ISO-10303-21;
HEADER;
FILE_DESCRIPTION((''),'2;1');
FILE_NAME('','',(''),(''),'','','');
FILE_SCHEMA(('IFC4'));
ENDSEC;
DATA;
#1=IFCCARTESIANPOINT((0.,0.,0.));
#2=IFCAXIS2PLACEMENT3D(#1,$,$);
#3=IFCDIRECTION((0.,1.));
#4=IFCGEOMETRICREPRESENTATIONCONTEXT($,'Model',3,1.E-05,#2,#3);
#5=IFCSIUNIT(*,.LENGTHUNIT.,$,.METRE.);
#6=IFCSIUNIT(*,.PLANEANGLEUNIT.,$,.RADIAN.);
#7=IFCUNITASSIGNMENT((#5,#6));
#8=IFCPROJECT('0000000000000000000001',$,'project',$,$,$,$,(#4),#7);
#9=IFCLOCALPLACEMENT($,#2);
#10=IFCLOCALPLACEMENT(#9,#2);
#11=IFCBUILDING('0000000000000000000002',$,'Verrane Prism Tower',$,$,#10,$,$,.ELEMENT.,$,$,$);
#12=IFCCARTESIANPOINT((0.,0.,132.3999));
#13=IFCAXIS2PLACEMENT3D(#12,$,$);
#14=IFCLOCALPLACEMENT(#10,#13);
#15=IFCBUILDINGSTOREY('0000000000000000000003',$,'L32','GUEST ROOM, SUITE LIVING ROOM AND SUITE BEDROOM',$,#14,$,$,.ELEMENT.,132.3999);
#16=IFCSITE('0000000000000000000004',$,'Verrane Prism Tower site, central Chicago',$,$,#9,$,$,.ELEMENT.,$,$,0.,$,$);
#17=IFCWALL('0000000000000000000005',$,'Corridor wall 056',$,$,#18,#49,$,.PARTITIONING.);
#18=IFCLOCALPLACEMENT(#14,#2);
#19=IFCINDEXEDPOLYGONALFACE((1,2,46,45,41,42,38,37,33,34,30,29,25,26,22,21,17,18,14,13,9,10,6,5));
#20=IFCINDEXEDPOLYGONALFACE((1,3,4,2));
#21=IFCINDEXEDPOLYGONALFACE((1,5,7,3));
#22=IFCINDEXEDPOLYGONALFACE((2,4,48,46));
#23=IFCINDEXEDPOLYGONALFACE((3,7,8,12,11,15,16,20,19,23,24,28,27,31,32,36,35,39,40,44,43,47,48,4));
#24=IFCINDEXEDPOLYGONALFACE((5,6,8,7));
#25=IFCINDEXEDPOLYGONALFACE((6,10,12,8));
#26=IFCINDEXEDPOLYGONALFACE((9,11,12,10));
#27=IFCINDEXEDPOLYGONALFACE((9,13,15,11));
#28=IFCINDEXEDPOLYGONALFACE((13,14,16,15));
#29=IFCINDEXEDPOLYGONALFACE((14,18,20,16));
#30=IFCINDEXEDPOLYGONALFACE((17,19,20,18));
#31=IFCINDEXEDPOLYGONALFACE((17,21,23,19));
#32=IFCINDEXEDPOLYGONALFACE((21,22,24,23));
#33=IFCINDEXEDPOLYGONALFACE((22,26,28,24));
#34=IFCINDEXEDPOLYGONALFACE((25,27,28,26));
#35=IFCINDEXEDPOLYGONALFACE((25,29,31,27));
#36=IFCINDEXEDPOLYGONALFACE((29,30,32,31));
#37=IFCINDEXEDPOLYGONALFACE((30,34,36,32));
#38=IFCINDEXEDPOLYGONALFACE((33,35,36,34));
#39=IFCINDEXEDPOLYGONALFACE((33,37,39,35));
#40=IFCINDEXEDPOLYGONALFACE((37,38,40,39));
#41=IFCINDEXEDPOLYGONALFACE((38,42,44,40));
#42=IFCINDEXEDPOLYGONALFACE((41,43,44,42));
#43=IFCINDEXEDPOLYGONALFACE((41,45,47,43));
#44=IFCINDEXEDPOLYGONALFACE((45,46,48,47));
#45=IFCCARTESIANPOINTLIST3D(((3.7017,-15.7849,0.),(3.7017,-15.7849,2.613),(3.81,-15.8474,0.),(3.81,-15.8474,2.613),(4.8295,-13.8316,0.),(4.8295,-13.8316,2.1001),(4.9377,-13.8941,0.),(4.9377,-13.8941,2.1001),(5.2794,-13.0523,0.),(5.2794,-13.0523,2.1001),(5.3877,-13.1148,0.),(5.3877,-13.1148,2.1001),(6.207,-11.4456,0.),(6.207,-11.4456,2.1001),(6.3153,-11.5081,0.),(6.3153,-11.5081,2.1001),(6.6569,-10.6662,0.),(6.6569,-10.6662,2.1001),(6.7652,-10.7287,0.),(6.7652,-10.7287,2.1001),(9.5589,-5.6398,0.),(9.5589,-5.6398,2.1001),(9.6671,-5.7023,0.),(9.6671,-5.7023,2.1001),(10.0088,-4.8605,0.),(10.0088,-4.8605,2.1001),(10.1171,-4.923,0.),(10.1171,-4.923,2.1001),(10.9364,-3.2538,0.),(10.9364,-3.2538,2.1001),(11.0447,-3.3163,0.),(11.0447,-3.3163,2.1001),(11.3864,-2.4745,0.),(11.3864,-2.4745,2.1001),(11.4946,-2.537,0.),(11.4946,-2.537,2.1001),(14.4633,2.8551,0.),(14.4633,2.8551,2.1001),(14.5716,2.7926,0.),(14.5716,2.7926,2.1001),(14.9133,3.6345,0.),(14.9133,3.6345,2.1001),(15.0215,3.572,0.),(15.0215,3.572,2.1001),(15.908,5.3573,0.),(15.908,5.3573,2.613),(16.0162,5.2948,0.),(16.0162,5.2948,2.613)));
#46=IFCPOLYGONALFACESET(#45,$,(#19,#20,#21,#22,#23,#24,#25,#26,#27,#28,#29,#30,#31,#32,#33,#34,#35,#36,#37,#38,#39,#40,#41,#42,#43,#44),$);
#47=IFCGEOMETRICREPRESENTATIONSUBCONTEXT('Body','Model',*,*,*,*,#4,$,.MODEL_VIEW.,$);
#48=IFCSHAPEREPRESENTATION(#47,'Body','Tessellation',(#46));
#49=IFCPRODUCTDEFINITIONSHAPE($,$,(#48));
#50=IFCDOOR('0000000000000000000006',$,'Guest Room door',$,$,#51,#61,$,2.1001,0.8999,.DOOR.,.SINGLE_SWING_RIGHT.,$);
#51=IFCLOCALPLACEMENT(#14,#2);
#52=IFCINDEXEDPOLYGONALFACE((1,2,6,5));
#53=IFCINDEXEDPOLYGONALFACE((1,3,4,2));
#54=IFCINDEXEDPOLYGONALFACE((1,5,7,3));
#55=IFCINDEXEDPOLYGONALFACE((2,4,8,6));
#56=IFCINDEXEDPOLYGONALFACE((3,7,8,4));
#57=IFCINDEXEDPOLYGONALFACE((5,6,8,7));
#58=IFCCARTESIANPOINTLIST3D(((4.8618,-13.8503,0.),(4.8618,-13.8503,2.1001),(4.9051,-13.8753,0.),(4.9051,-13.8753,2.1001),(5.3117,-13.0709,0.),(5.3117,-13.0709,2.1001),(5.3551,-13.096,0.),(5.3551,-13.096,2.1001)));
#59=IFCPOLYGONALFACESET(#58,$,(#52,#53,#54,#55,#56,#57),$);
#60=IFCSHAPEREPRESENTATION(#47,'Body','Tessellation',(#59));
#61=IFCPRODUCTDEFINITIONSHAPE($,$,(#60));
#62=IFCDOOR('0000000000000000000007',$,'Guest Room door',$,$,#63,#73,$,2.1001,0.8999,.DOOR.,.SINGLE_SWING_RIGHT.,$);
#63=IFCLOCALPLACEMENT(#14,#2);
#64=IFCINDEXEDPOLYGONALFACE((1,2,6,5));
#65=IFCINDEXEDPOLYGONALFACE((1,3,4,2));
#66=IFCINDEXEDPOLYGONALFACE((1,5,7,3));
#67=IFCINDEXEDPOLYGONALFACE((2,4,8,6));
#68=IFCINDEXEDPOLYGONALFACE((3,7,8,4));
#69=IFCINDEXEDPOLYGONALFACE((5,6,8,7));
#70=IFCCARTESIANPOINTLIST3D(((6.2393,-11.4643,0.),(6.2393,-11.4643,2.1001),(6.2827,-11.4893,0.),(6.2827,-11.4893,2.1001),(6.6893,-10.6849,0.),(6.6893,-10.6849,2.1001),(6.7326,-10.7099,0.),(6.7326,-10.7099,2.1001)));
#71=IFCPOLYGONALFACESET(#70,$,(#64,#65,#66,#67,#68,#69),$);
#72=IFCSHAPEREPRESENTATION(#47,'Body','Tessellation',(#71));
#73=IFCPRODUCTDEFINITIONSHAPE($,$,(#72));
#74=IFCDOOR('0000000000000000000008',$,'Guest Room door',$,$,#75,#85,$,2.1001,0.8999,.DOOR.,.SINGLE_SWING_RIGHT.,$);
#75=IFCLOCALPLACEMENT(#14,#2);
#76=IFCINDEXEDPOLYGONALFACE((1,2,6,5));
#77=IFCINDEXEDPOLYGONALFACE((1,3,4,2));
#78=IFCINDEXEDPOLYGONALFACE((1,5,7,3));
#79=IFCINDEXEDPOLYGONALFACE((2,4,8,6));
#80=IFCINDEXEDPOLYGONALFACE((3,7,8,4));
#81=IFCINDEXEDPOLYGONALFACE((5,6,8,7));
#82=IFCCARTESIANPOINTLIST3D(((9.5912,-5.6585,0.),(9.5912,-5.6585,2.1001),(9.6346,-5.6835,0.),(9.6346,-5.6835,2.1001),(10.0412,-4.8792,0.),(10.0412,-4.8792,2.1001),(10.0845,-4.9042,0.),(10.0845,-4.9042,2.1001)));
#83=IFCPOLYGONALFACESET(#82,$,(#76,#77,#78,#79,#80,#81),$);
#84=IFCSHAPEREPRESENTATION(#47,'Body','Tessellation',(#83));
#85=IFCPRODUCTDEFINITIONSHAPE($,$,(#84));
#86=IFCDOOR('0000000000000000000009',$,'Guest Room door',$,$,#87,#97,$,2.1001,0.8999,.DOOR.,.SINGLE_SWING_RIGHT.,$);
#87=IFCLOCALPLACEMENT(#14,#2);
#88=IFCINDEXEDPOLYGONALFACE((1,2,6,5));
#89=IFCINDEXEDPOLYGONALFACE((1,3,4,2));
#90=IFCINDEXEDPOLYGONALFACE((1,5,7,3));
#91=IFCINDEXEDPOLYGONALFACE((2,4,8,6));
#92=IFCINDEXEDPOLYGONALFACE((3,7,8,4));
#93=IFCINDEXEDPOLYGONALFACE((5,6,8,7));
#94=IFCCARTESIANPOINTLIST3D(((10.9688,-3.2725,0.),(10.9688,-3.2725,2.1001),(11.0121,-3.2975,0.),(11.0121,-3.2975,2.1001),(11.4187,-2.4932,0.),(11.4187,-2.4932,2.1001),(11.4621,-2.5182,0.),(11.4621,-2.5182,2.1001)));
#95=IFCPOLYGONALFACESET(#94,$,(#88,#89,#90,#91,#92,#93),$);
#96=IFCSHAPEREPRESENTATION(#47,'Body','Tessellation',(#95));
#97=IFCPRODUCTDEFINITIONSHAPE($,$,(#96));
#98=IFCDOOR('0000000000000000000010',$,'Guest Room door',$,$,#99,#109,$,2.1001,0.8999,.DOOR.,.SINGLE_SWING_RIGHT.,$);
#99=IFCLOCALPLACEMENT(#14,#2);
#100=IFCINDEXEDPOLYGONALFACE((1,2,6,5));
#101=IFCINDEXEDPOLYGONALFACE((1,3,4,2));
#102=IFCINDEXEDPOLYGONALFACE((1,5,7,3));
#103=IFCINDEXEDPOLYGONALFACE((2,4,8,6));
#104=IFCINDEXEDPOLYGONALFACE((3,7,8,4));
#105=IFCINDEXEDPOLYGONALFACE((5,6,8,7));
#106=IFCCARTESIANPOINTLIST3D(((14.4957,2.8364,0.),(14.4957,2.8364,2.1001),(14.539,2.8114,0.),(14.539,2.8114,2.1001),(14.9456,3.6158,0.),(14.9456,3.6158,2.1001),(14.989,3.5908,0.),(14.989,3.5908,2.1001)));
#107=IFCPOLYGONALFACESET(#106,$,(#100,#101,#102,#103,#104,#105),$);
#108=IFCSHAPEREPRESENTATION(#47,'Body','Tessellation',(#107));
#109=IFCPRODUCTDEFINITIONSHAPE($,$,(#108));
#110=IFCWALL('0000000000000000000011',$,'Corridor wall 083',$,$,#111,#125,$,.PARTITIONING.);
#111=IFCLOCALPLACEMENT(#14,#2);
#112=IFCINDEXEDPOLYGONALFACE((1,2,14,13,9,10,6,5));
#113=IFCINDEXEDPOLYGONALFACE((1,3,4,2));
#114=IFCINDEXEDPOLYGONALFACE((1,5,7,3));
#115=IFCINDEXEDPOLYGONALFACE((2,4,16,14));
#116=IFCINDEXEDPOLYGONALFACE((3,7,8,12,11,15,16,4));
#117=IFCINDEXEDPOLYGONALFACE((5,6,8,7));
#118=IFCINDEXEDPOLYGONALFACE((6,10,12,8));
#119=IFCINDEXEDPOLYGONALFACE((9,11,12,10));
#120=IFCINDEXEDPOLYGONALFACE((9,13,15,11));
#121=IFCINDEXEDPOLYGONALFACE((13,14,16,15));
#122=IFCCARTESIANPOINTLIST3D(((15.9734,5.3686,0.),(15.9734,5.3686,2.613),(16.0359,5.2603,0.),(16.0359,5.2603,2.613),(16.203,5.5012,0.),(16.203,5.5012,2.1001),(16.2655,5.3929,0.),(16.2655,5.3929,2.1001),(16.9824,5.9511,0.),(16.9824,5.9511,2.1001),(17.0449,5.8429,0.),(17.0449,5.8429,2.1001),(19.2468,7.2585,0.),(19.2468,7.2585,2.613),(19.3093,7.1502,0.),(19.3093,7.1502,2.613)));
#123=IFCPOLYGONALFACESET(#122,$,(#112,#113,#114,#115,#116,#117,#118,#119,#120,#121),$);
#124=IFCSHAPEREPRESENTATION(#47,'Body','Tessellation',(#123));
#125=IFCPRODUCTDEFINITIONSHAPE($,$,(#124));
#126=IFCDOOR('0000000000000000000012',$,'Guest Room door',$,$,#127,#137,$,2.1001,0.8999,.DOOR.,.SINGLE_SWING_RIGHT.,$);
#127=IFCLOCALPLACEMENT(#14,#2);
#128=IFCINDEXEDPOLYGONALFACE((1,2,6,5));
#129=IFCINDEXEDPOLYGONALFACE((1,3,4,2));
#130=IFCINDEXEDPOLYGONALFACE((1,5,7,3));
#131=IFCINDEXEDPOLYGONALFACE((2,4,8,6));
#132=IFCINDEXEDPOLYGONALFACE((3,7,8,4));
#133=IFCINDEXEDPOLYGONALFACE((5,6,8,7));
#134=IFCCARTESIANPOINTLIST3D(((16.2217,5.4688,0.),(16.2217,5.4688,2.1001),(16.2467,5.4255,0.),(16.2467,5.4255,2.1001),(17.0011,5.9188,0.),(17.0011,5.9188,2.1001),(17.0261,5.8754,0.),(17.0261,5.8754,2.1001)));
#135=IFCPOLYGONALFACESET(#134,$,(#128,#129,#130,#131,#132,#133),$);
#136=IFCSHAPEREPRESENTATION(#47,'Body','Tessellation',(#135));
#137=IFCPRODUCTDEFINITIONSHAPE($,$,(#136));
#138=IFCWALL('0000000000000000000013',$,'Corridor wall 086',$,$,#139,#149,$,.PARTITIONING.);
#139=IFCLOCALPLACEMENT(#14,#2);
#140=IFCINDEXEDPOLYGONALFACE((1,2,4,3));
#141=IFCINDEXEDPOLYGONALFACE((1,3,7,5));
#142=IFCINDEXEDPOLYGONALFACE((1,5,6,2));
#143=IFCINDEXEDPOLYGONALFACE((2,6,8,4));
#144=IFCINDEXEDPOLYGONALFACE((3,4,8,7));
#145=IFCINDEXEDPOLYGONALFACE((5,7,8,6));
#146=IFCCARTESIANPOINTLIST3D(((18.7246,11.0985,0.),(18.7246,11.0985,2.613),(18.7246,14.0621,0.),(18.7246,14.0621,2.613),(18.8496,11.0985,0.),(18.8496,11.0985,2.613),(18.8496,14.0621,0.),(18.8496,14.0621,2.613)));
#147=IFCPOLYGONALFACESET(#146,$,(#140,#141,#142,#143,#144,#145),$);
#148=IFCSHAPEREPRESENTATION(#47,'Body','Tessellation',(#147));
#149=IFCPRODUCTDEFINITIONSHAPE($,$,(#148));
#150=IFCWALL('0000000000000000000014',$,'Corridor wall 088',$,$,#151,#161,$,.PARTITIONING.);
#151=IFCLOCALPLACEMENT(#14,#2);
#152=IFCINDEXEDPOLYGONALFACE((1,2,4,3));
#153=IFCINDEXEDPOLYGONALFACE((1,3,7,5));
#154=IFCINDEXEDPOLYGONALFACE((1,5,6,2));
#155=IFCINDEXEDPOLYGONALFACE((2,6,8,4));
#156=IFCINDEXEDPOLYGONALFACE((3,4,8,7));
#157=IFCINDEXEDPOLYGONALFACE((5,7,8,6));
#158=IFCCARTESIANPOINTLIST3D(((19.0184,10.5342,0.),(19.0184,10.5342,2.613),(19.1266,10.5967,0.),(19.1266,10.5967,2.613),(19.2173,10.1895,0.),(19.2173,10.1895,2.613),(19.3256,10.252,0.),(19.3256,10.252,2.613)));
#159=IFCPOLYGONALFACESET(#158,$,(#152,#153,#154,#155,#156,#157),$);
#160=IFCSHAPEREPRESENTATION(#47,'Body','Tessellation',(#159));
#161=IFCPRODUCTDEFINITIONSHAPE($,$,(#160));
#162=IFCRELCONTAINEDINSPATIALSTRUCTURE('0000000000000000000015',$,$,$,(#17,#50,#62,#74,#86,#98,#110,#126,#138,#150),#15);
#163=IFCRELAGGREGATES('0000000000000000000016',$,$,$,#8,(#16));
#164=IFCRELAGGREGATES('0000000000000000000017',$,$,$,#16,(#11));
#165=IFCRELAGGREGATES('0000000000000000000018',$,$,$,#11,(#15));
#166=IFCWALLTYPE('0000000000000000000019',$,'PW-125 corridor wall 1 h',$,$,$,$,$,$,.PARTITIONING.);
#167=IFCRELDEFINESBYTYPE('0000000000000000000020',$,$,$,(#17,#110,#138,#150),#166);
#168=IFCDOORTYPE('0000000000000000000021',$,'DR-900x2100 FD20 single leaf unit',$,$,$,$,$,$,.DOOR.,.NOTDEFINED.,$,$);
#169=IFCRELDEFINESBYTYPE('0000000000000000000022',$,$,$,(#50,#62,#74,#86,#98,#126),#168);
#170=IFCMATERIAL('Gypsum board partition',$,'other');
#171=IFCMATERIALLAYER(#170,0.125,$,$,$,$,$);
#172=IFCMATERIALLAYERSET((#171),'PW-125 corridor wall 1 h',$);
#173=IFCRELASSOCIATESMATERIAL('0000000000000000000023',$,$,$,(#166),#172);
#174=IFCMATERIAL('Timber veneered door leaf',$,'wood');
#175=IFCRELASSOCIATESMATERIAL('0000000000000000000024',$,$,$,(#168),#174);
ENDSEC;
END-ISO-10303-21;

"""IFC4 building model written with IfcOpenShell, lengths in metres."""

from ifc_helpers import new_model, si_unit, direction, frame, frame_2d, origin, place, context, subcontext, project, spatial, rectangle, extrude, material, layer, layer_set, type_object, element, fill, save


model = new_model("IFC4")

# Units and contexts
model_context = context("Model", 3, precision=1e-05, world=origin(), true_north=direction((0.0, 1.0)))
body_context = subcontext(model_context, "Body", "Model", "MODEL_VIEW")
ifc_project = project(units=[si_unit("LENGTHUNIT", "METRE"), si_unit("PLANEANGLEUNIT", "RADIAN")], contexts=[model_context])

# Site, building, storey
site_placement = place(None, origin())
site = spatial("IfcSite", under=ifc_project, at=site_placement, Name="Verrane Prism Tower site, central Chicago", CompositionType="ELEMENT", RefElevation=0.0)
building_placement = place(site_placement, origin())
building = spatial("IfcBuilding", under=site, at=building_placement, Name="Verrane Prism Tower", CompositionType="ELEMENT")
storey_placement = place(building_placement, frame((0.0, 0.0, 132.3999)))
storey = spatial("IfcBuildingStorey", under=building, at=storey_placement, Name="L32", Description="GUEST ROOM, SUITE LIVING ROOM AND SUITE BEDROOM", CompositionType="ELEMENT", Elevation=132.3999)

# Wall, openings, doors
ifc_material_1 = material(Name="Gypsum board partition", Category="other")
ifc_layer_1 = layer(ifc_material_1, 0.125)
ifc_layer_set_1 = layer_set([ifc_layer_1], Name="PW-125 corridor wall 1 h")
wall_type_1 = type_object("IfcWallType", Name="PW-125 corridor wall 1 h", PredefinedType="PARTITIONING", material=ifc_layer_set_1)
wall_1_placement = place(storey_placement, frame((15.9622, 5.3262, 0.0), z_axis=(0.0, 0.0, 1.0), x_axis=(-0.499993, -0.86603, 0.0)))
wall_1 = element("IfcWall", 1, at=wall_1_placement, inside=storey, type_object=wall_type_1, Name="Corridor wall 056", PredefinedType="PARTITIONING", context=body_context, shape_type="SweptSolid", body=[
    extrude(rectangle(XDim=24.4128, YDim=0.125, at=frame_2d((12.2065, 0.0))), origin(), (0.0, 0.0, 1.0), 2.613),
])
opening_1_placement = place(wall_1_placement, frame((21.2576, 0.0, 0.0)))
opening_1 = element("IfcOpeningElement", 2, at=opening_1_placement, cuts=wall_1, PredefinedType="OPENING", context=body_context, shape_type="SweptSolid", body=[
    extrude(rectangle(XDim=0.8999, YDim=2.1001, at=frame_2d((0.45, 1.05))), frame((0.0, 0.0725, 0.0), z_axis=(0.0, -1.0, 0.0), x_axis=(1.0, 0.0, 0.0)), (0.0, 0.0, 1.0), 0.145),
])
opening_2_placement = place(wall_1_placement, frame((18.5024, 0.0, 0.0)))
opening_2 = element("IfcOpeningElement", 3, at=opening_2_placement, cuts=wall_1, PredefinedType="OPENING", context=body_context, shape_type="SweptSolid", body=[
    extrude(rectangle(XDim=0.8999, YDim=2.1001, at=frame_2d((0.45, 1.05))), frame((0.0, 0.0725, 0.0), z_axis=(0.0, -1.0, 0.0), x_axis=(1.0, 0.0, 0.0)), (0.0, 0.0, 1.0), 0.145),
])
opening_3_placement = place(wall_1_placement, frame((11.7986, 0.0, 0.0)))
opening_3 = element("IfcOpeningElement", 4, at=opening_3_placement, cuts=wall_1, PredefinedType="OPENING", context=body_context, shape_type="SweptSolid", body=[
    extrude(rectangle(XDim=0.8999, YDim=2.1001, at=frame_2d((0.45, 1.05))), frame((0.0, 0.0725, 0.0), z_axis=(0.0, -1.0, 0.0), x_axis=(1.0, 0.0, 0.0)), (0.0, 0.0, 1.0), 0.145),
])
opening_4_placement = place(wall_1_placement, frame((9.0435, 0.0, 0.0)))
opening_4 = element("IfcOpeningElement", 5, at=opening_4_placement, cuts=wall_1, PredefinedType="OPENING", context=body_context, shape_type="SweptSolid", body=[
    extrude(rectangle(XDim=0.8999, YDim=2.1001, at=frame_2d((0.45, 1.05))), frame((0.0, 0.0725, 0.0), z_axis=(0.0, -1.0, 0.0), x_axis=(1.0, 0.0, 0.0)), (0.0, 0.0, 1.0), 0.145),
])
opening_5_placement = place(wall_1_placement, frame((1.9895, 0.0, 0.0)))
opening_5 = element("IfcOpeningElement", 6, at=opening_5_placement, cuts=wall_1, PredefinedType="OPENING", context=body_context, shape_type="SweptSolid", body=[
    extrude(rectangle(XDim=0.8999, YDim=2.1001, at=frame_2d((0.45, 1.05))), frame((0.0, 0.0725, 0.0), z_axis=(0.0, -1.0, 0.0), x_axis=(1.0, 0.0, 0.0)), (0.0, 0.0, 1.0), 0.145),
])
ifc_material_2 = material(Name="Timber veneered door leaf", Category="wood")
door_type_1 = type_object("IfcDoorType", Name="DR-900x2100 FD20 single leaf unit", OperationType="NOTDEFINED", PredefinedType="DOOR", material=ifc_material_2)
door_1_placement = place(opening_1_placement, origin())
door_1 = element("IfcDoor", 7, at=door_1_placement, inside=storey, type_object=door_type_1, Name="Guest Room door", OperationType="SINGLE_SWING_RIGHT", OverallHeight=2.1001, OverallWidth=0.8999, PredefinedType="DOOR", context=body_context, shape_type="SweptSolid", body=[
    extrude(rectangle(XDim=0.8999, YDim=2.1001, at=frame_2d((0.45, 1.05))), frame((0.0, 0.0249, 0.0), z_axis=(0.0, -1.0, 0.0), x_axis=(1.0, 0.0, 0.0)), (0.0, 0.0, 1.0), 0.05),
])
fill(opening_1, door_1)
door_2_placement = place(opening_2_placement, origin())
door_2 = element("IfcDoor", 8, at=door_2_placement, inside=storey, type_object=door_type_1, Name="Guest Room door", OperationType="SINGLE_SWING_RIGHT", OverallHeight=2.1001, OverallWidth=0.8999, PredefinedType="DOOR", context=body_context, shape_type="SweptSolid", body=[
    extrude(rectangle(XDim=0.8999, YDim=2.1001, at=frame_2d((0.45, 1.05))), frame((0.0, 0.0249, 0.0), z_axis=(0.0, -1.0, 0.0), x_axis=(1.0, 0.0, 0.0)), (0.0, 0.0, 1.0), 0.05),
])
fill(opening_2, door_2)
door_3_placement = place(opening_3_placement, origin())
door_3 = element("IfcDoor", 9, at=door_3_placement, inside=storey, type_object=door_type_1, Name="Guest Room door", OperationType="SINGLE_SWING_RIGHT", OverallHeight=2.1001, OverallWidth=0.8999, PredefinedType="DOOR", context=body_context, shape_type="SweptSolid", body=[
    extrude(rectangle(XDim=0.8999, YDim=2.1001, at=frame_2d((0.45, 1.05))), frame((0.0, 0.0249, 0.0), z_axis=(0.0, -1.0, 0.0), x_axis=(1.0, 0.0, 0.0)), (0.0, 0.0, 1.0), 0.05),
])
fill(opening_3, door_3)
door_4_placement = place(opening_4_placement, origin())
door_4 = element("IfcDoor", 10, at=door_4_placement, inside=storey, type_object=door_type_1, Name="Guest Room door", OperationType="SINGLE_SWING_RIGHT", OverallHeight=2.1001, OverallWidth=0.8999, PredefinedType="DOOR", context=body_context, shape_type="SweptSolid", body=[
    extrude(rectangle(XDim=0.8999, YDim=2.1001, at=frame_2d((0.45, 1.05))), frame((0.0, 0.0249, 0.0), z_axis=(0.0, -1.0, 0.0), x_axis=(1.0, 0.0, 0.0)), (0.0, 0.0, 1.0), 0.05),
])
fill(opening_4, door_4)
door_5_placement = place(opening_5_placement, origin())
door_5 = element("IfcDoor", 11, at=door_5_placement, inside=storey, type_object=door_type_1, Name="Guest Room door", OperationType="SINGLE_SWING_RIGHT", OverallHeight=2.1001, OverallWidth=0.8999, PredefinedType="DOOR", context=body_context, shape_type="SweptSolid", body=[
    extrude(rectangle(XDim=0.8999, YDim=2.1001, at=frame_2d((0.45, 1.05))), frame((0.0, 0.0249, 0.0), z_axis=(0.0, -1.0, 0.0), x_axis=(1.0, 0.0, 0.0)), (0.0, 0.0, 1.0), 0.05),
])
fill(opening_5, door_5)

# Wall, opening, door
wall_2_placement = place(storey_placement, frame((19.2781, 7.2043, 0.0), z_axis=(0.0, 0.0, 1.0), x_axis=(-0.866029, -0.499995, 0.0)))
wall_2 = element("IfcWall", 12, at=wall_2_placement, inside=storey, type_object=wall_type_1, Name="Corridor wall 083", PredefinedType="PARTITIONING", context=body_context, shape_type="SweptSolid", body=[
    extrude(rectangle(XDim=3.7798, YDim=0.125, at=frame_2d((1.8899, 0.0))), origin(), (0.0, 0.0, 1.0), 2.613),
])
opening_6_placement = place(wall_2_placement, frame((2.6147, 0.0, 0.0)))
opening_6 = element("IfcOpeningElement", 13, at=opening_6_placement, cuts=wall_2, PredefinedType="OPENING", context=body_context, shape_type="SweptSolid", body=[
    extrude(rectangle(XDim=0.8999, YDim=2.1001, at=frame_2d((0.45, 1.05))), frame((0.0, 0.0725, 0.0), z_axis=(0.0, -1.0, 0.0), x_axis=(1.0, 0.0, 0.0)), (0.0, 0.0, 1.0), 0.145),
])
door_6_placement = place(opening_6_placement, origin())
door_6 = element("IfcDoor", 14, at=door_6_placement, inside=storey, type_object=door_type_1, Name="Guest Room door", OperationType="SINGLE_SWING_RIGHT", OverallHeight=2.1001, OverallWidth=0.8999, PredefinedType="DOOR", context=body_context, shape_type="SweptSolid", body=[
    extrude(rectangle(XDim=0.8999, YDim=2.1001, at=frame_2d((0.45, 1.05))), frame((0.0, 0.0249, 0.0), z_axis=(0.0, -1.0, 0.0), x_axis=(1.0, 0.0, 0.0)), (0.0, 0.0, 1.0), 0.05),
])
fill(opening_6, door_6)

# Walls
wall_3_placement = place(storey_placement, frame((18.7871, 11.0984, 0.0), z_axis=(0.0, 0.0, 1.0), x_axis=(0.0, 1.0, 0.0)))
element("IfcWall", 15, at=wall_3_placement, inside=storey, type_object=wall_type_1, Name="Corridor wall 086", PredefinedType="PARTITIONING", context=body_context, shape_type="SweptSolid", body=[
    extrude(rectangle(XDim=2.9636, YDim=0.125, at=frame_2d((1.4819, 0.0))), origin(), (0.0, 0.0, 1.0), 2.613),
])
wall_4_placement = place(storey_placement, frame((19.0725, 10.5654, 0.0), z_axis=(0.0, 0.0, 1.0), x_axis=(0.499899, -0.866083, 0.0)))
element("IfcWall", 16, at=wall_4_placement, inside=storey, type_object=wall_type_1, Name="Corridor wall 088", PredefinedType="PARTITIONING", context=body_context, shape_type="SweptSolid", body=[
    extrude(rectangle(XDim=0.3979, YDim=0.125, at=frame_2d((0.199, 0.0))), origin(), (0.0, 0.0, 1.0), 2.613),
])

save(model, "model.ifc")
